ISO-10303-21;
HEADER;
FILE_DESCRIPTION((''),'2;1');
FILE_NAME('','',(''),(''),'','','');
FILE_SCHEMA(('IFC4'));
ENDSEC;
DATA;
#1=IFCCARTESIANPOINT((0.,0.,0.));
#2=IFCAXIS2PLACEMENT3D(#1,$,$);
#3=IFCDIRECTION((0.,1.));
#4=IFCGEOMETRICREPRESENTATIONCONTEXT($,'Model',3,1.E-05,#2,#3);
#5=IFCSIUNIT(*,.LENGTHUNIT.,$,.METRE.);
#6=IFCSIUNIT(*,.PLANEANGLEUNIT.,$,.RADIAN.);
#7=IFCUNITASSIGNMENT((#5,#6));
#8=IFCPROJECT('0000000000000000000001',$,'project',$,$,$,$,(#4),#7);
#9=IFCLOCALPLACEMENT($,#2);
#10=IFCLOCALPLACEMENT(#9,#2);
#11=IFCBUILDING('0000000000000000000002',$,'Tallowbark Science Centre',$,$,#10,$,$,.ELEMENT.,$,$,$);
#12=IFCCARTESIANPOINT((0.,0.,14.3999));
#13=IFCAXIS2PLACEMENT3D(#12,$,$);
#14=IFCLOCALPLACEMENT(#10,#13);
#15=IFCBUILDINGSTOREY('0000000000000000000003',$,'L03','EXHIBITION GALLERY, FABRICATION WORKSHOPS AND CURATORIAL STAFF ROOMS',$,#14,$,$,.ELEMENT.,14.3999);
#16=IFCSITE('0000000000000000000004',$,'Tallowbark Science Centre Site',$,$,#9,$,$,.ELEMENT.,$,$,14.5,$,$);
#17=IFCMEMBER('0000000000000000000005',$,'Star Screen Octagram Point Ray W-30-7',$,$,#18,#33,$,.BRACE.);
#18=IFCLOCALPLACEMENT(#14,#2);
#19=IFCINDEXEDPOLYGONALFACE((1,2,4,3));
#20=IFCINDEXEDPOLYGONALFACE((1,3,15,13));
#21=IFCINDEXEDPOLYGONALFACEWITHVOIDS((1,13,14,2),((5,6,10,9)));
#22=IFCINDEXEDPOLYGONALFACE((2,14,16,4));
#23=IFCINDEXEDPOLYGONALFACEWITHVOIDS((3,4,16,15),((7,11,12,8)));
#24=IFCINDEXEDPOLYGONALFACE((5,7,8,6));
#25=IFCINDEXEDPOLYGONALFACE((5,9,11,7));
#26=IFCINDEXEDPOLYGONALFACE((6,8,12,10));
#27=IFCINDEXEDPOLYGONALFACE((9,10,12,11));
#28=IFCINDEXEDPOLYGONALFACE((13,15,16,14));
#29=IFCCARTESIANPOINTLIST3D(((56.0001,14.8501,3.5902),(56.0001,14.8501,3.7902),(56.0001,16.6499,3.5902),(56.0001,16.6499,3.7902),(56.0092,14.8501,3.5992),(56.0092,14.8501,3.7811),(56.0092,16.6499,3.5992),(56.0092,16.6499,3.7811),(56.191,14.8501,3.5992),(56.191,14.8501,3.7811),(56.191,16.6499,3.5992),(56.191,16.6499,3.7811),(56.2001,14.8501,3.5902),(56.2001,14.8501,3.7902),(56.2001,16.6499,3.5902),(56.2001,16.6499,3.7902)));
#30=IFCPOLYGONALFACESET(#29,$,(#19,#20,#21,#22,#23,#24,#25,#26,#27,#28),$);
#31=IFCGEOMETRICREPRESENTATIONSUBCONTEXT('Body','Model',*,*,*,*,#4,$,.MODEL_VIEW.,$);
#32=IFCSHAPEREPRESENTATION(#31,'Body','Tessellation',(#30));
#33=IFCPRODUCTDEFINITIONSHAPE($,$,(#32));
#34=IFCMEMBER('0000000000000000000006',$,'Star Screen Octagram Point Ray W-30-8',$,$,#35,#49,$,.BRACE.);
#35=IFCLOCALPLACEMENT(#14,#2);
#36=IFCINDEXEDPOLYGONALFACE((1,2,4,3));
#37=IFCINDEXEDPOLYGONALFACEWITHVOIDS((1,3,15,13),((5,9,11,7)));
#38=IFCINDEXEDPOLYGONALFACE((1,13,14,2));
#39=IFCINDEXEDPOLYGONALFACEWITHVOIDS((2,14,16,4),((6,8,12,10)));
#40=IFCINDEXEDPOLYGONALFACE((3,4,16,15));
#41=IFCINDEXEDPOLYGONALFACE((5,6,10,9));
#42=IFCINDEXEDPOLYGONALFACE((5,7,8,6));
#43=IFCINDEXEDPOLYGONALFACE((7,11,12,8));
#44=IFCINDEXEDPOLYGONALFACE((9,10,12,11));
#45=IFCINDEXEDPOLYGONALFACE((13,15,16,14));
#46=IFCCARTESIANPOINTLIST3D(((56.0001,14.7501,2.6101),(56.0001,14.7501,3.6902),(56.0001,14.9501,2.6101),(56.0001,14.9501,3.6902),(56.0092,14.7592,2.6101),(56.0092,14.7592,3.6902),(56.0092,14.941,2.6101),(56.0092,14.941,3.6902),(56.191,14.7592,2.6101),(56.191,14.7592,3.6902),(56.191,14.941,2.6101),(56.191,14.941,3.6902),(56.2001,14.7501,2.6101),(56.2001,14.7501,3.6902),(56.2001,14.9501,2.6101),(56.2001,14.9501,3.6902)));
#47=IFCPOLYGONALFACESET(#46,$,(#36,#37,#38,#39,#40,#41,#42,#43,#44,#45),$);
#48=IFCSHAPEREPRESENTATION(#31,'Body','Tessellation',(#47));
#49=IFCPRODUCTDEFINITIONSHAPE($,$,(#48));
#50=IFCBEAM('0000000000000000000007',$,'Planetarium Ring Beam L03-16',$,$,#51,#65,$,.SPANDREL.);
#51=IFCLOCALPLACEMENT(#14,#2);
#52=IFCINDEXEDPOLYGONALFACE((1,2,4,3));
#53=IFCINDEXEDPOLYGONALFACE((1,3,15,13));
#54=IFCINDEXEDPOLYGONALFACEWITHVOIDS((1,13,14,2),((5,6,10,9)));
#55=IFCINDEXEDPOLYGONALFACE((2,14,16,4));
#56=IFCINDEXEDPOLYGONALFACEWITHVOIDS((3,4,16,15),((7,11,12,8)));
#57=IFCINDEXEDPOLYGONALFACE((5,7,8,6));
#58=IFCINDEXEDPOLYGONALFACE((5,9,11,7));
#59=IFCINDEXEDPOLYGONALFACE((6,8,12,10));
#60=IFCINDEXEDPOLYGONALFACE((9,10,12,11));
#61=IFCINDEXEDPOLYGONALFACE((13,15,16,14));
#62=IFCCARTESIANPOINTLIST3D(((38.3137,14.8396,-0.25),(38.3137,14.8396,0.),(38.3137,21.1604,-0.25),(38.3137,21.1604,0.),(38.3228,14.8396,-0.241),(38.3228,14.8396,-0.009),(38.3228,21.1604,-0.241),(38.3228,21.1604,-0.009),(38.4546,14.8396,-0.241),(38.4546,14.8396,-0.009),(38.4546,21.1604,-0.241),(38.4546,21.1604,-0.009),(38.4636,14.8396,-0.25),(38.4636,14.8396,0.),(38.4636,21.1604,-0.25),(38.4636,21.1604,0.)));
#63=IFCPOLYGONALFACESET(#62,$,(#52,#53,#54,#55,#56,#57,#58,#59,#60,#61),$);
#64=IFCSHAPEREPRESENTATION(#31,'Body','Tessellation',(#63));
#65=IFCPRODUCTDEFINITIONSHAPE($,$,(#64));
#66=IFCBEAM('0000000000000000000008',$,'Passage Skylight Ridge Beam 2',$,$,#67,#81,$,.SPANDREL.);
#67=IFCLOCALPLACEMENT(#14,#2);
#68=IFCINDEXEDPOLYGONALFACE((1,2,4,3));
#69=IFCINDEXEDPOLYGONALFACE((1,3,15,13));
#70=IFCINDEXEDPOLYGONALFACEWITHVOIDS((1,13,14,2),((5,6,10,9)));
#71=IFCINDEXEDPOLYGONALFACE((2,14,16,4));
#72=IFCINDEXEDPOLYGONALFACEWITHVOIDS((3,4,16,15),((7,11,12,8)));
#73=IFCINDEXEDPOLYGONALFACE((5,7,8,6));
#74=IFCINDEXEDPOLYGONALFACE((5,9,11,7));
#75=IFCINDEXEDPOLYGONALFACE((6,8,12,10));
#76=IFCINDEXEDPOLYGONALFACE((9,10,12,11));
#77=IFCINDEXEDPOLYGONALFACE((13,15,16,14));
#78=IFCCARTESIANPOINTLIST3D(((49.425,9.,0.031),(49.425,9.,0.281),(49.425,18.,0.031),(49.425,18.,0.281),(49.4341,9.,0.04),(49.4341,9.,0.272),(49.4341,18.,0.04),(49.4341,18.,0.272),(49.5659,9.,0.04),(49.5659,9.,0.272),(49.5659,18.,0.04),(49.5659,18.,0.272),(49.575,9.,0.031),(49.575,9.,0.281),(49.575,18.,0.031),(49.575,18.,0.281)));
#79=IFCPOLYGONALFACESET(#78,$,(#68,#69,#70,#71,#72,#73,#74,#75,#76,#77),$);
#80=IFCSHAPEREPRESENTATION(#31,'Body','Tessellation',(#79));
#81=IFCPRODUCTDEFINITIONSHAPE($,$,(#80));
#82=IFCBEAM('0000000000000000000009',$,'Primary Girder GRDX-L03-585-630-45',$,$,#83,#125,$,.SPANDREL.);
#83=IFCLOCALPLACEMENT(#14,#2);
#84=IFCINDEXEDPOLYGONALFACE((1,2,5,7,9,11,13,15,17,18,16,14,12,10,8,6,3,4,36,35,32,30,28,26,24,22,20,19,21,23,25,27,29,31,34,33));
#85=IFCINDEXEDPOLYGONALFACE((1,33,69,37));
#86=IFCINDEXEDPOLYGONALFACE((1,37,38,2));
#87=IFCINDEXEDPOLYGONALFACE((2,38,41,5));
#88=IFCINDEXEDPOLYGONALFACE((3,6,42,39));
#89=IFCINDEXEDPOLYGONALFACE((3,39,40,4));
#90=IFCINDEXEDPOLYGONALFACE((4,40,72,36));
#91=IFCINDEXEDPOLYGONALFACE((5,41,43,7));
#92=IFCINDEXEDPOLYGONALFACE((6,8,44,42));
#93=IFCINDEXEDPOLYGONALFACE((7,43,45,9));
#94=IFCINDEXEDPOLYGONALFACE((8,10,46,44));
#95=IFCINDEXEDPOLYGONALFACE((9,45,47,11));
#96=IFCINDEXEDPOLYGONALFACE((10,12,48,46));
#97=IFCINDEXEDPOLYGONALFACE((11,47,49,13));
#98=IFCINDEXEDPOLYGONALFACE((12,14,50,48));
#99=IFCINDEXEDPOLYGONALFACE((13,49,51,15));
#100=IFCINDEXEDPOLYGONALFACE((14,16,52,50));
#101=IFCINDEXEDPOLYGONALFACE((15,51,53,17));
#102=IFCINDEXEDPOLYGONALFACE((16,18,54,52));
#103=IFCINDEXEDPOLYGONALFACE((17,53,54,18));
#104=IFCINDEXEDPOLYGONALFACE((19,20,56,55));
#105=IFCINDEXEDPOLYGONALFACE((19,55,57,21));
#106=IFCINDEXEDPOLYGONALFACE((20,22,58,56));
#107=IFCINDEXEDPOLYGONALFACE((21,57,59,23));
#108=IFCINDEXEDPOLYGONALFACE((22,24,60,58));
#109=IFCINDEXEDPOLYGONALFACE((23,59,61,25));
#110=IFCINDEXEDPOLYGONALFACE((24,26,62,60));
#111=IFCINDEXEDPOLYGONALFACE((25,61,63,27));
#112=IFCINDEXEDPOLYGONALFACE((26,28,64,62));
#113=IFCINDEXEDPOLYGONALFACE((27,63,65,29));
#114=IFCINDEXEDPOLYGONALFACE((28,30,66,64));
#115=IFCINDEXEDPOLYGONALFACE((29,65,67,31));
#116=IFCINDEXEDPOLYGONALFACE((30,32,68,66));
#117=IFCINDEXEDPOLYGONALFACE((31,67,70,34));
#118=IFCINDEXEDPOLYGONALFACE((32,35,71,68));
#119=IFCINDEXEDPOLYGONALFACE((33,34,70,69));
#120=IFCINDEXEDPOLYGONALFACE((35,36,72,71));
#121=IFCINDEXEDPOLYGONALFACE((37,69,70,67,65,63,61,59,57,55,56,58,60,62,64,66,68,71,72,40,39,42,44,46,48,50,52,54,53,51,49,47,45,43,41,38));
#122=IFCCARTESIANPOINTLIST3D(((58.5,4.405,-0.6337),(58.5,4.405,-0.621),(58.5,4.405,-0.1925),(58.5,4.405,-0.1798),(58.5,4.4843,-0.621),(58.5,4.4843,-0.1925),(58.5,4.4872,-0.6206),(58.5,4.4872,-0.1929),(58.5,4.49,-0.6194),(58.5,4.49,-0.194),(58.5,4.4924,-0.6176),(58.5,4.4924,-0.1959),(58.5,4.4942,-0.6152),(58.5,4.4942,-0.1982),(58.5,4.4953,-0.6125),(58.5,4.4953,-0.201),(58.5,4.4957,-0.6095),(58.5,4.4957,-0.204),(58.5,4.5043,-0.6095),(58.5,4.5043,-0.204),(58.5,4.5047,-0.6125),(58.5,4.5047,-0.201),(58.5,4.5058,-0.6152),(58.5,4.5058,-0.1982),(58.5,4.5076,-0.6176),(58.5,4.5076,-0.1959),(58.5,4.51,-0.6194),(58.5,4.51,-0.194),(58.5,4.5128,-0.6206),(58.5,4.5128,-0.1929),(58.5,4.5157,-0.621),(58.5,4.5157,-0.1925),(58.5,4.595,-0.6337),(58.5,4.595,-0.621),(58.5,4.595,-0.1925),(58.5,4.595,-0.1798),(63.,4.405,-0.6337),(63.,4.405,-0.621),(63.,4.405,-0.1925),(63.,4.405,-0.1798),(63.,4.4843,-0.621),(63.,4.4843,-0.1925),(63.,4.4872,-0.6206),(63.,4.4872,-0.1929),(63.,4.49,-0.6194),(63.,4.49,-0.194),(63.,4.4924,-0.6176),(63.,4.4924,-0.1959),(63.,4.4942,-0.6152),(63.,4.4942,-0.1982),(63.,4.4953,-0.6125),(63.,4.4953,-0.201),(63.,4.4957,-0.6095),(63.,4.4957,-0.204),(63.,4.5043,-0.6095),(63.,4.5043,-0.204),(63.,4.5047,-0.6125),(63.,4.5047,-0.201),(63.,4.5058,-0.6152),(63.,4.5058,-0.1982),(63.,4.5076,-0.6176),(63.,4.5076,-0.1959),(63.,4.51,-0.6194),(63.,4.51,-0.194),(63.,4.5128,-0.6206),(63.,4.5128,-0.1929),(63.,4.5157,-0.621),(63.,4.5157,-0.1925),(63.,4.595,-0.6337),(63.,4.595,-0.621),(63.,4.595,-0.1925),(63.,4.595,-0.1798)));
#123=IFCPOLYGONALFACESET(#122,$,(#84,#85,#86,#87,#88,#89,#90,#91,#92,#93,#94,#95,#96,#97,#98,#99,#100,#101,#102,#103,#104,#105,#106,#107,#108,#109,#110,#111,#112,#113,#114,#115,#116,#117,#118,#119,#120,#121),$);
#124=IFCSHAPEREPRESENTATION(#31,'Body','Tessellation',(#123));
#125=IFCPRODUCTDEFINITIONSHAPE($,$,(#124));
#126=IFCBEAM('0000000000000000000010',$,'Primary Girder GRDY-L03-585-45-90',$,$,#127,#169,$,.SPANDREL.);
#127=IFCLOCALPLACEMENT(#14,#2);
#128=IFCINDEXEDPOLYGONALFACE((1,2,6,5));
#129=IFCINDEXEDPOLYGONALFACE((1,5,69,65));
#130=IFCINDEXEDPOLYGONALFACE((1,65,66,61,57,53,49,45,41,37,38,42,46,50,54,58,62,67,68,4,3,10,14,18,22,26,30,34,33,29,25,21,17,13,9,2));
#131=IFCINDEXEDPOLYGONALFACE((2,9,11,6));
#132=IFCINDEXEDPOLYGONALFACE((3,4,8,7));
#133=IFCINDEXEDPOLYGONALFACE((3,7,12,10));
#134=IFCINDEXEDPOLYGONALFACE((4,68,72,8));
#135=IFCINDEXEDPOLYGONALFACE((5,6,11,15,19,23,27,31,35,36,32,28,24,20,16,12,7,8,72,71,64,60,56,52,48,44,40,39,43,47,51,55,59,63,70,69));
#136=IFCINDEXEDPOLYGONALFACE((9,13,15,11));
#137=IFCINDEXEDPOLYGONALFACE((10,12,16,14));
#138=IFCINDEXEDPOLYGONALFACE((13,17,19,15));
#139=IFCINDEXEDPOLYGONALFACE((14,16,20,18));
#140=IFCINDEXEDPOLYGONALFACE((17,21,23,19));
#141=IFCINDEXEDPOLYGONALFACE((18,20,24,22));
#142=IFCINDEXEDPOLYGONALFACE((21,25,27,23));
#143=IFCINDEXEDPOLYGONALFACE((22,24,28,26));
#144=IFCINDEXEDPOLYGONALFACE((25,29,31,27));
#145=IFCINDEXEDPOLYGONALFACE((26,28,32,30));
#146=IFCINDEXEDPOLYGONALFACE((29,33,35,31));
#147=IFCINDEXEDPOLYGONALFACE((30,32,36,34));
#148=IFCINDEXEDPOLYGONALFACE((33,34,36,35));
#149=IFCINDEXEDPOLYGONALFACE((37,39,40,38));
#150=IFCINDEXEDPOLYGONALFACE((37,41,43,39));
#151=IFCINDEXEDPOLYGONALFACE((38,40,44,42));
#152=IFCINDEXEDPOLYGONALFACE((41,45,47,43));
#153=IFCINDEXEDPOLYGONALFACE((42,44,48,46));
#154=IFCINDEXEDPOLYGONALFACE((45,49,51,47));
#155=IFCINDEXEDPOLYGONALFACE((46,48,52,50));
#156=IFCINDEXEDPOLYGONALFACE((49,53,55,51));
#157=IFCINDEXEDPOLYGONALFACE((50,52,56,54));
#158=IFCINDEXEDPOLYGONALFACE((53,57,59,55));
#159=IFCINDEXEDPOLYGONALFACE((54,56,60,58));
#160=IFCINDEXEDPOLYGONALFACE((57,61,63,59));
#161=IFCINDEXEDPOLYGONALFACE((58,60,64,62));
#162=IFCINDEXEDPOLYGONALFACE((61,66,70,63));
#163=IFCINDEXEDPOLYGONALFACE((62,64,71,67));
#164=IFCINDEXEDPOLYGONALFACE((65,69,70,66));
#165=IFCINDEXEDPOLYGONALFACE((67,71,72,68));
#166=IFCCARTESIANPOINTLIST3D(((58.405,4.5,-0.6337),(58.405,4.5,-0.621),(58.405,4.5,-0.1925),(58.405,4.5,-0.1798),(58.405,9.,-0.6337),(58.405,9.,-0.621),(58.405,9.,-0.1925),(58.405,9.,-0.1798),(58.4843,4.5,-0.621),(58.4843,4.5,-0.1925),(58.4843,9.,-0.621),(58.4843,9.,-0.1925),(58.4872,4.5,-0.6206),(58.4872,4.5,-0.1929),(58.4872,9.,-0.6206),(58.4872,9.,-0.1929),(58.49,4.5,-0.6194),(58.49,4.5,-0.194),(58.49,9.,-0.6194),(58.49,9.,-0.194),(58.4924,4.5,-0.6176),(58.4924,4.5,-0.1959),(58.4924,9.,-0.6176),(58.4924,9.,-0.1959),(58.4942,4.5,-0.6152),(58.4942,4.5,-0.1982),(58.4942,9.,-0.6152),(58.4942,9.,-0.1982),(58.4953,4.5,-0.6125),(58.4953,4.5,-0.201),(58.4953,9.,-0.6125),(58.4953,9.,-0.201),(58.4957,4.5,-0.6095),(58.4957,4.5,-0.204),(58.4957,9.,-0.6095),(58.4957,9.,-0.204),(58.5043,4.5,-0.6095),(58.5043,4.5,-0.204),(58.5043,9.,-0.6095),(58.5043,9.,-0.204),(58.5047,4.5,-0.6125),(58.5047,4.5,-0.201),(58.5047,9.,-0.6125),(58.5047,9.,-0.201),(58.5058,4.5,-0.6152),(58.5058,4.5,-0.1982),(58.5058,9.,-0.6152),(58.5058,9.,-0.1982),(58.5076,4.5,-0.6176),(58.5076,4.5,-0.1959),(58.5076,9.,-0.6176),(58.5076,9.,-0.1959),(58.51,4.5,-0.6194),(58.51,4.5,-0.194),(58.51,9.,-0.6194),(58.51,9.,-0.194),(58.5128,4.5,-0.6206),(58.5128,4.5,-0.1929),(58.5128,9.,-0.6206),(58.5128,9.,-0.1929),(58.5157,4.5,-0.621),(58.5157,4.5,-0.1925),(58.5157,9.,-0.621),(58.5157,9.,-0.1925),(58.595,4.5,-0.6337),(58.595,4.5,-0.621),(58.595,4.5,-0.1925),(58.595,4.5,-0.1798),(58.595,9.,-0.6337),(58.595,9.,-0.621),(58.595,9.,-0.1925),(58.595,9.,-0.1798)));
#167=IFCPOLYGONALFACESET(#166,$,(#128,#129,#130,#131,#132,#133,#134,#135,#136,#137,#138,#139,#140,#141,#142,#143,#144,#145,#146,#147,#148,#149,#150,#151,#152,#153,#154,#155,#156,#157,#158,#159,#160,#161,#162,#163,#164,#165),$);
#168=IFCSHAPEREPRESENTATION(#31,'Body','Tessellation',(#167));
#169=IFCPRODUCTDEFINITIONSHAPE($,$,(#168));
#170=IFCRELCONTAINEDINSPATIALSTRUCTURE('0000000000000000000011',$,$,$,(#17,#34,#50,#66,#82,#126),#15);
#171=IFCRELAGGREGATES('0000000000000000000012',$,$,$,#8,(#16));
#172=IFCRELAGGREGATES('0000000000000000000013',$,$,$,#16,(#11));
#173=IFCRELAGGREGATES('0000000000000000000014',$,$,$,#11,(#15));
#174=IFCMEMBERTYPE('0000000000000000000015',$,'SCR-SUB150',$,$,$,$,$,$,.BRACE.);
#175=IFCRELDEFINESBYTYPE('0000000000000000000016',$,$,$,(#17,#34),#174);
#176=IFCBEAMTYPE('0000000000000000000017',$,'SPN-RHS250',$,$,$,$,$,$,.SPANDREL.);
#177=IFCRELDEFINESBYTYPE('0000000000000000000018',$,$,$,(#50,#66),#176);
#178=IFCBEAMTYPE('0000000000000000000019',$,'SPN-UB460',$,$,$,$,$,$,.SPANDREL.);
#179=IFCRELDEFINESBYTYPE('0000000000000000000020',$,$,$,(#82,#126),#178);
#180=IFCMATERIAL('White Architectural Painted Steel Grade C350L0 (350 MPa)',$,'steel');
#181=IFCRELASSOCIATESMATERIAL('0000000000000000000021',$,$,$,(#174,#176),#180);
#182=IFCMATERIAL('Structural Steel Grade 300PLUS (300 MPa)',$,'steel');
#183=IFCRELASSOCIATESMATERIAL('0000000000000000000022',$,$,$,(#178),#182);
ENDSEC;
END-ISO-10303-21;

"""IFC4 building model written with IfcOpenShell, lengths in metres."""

from ifc_helpers import new_model, si_unit, direction, frame, origin, origin_2d, place, context, subcontext, project, spatial, hollow_rectangle, i_section, extrude, material, material_profile, profile_set, type_object, element, save


model = new_model("IFC4")

# Units and contexts
model_context = context("Model", 3, precision=1e-05, world=origin(), true_north=direction((0.0, 1.0)))
body_context = subcontext(model_context, "Body", "Model", "MODEL_VIEW")
ifc_project = project(units=[si_unit("LENGTHUNIT", "METRE"), si_unit("PLANEANGLEUNIT", "RADIAN")], contexts=[model_context])

# Site, building, storey
site_placement = place(None, origin())
site = spatial("IfcSite", under=ifc_project, at=site_placement, Name="Tallowbark Science Centre Site", CompositionType="ELEMENT", RefElevation=14.5)
building_placement = place(site_placement, origin())
building = spatial("IfcBuilding", under=site, at=building_placement, Name="Tallowbark Science Centre", CompositionType="ELEMENT")
storey_placement = place(building_placement, frame((0.0, 0.0, 14.3999)))
storey = spatial("IfcBuildingStorey", under=building, at=storey_placement, Name="L03", Description="EXHIBITION GALLERY, FABRICATION WORKSHOPS AND CURATORIAL STAFF ROOMS", CompositionType="ELEMENT", Elevation=14.3999)

# Shared definitions
ifc_material_1 = material(Name="White Architectural Painted Steel Grade C350L0 (350 MPa)", Category="steel")
ifc_material_2 = material(Name="Structural Steel Grade 300PLUS (300 MPa)", Category="steel")

# Members
ifc_material_profile_1 = material_profile(ifc_material_1, hollow_rectangle(XDim=0.2, YDim=0.2, WallThickness=0.009, at=origin_2d()), Name="200x200x9.0SHS")
ifc_profile_set_1 = profile_set([ifc_material_profile_1], Name="White Architectural Painted Steel Grade C350L0 (350 MPa)")
member_type_1 = type_object("IfcMemberType", Name="SCR-SUB150", PredefinedType="BRACE", material=ifc_profile_set_1)
member_1_placement = place(storey_placement, frame((56.1001, 14.8501, 3.6902), z_axis=(0.0, 1.0, 0.0), x_axis=(-1.0, 0.0, 0.0)))
element("IfcMember", 1, at=member_1_placement, inside=storey, type_object=member_type_1, Name="Star Screen Octagram Point Ray W-30-7", PredefinedType="BRACE", context=body_context, shape_type="SweptSolid", body=[
    extrude(hollow_rectangle(XDim=0.2, YDim=0.2, WallThickness=0.009, at=origin_2d()), origin(), (0.0, 0.0, 1.0), 1.7998),
])
member_2_placement = place(storey_placement, frame((56.1001, 14.8501, 3.6902), z_axis=(0.0, 0.0, -1.0), x_axis=(1.0, 0.0, 0.0)))
element("IfcMember", 2, at=member_2_placement, inside=storey, type_object=member_type_1, Name="Star Screen Octagram Point Ray W-30-8", PredefinedType="BRACE", context=body_context, shape_type="SweptSolid", body=[
    extrude(hollow_rectangle(XDim=0.2, YDim=0.2, WallThickness=0.009, at=origin_2d()), origin(), (0.0, 0.0, 1.0), 1.0801),
])

# Beams
ifc_material_profile_2 = material_profile(ifc_material_1, hollow_rectangle(XDim=0.1499, YDim=0.25, WallThickness=0.009, at=origin_2d()), Name="250x150x9.0RHS")
ifc_profile_set_2 = profile_set([ifc_material_profile_2], Name="White Architectural Painted Steel Grade C350L0 (350 MPa)")
beam_type_1 = type_object("IfcBeamType", Name="SPN-RHS250", PredefinedType="SPANDREL", material=ifc_profile_set_2)
beam_1_placement = place(storey_placement, frame((38.3887, 14.8396, -0.125), z_axis=(0.0, 1.0, 0.0), x_axis=(-1.0, 0.0, 0.0)))
element("IfcBeam", 3, at=beam_1_placement, inside=storey, type_object=beam_type_1, Name="Planetarium Ring Beam L03-16", PredefinedType="SPANDREL", context=body_context, shape_type="SweptSolid", body=[
    extrude(hollow_rectangle(XDim=0.1499, YDim=0.25, WallThickness=0.009, at=origin_2d()), origin(), (0.0, 0.0, 1.0), 6.3208),
])
beam_2_placement = place(storey_placement, frame((49.5, 9.0, 0.156), z_axis=(0.0, 1.0, 0.0), x_axis=(-1.0, 0.0, 0.0)))
element("IfcBeam", 4, at=beam_2_placement, inside=storey, type_object=beam_type_1, Name="Passage Skylight Ridge Beam 2", PredefinedType="SPANDREL", context=body_context, shape_type="SweptSolid", body=[
    extrude(hollow_rectangle(XDim=0.1499, YDim=0.25, WallThickness=0.009, at=origin_2d()), origin(), (0.0, 0.0, 1.0), 9.0),
])
ifc_material_profile_3 = material_profile(ifc_material_2, i_section(OverallWidth=0.1899, OverallDepth=0.4539, WebThickness=0.0085, FlangeThickness=0.0127, FilletRadius=0.0115, at=origin_2d()), Name="460UB67.1")
ifc_profile_set_3 = profile_set([ifc_material_profile_3], Name="Structural Steel Grade 300PLUS (300 MPa)")
beam_type_2 = type_object("IfcBeamType", Name="SPN-UB460", PredefinedType="SPANDREL", material=ifc_profile_set_3)
for number, where, z_axis, x_axis, name in (
    (5, (58.5, 4.5, -0.4067), (1.0, 0.0, 0.0), (0.0, 1.0, 0.0), "Primary Girder GRDX-L03-585-630-45"),
    (6, (58.5, 4.5, -0.4067), (0.0, 1.0, 0.0), (-1.0, 0.0, 0.0), "Primary Girder GRDY-L03-585-45-90"),
):
    element("IfcBeam", number, at=place(storey_placement, frame(where, z_axis=z_axis, x_axis=x_axis)), inside=storey, type_object=beam_type_2, Name=name, PredefinedType="SPANDREL", context=body_context, shape_type="SweptSolid", body=[
        extrude(i_section(OverallWidth=0.1899, OverallDepth=0.4539, WebThickness=0.0085, FlangeThickness=0.0127, FilletRadius=0.0115, at=origin_2d()), origin(), (0.0, 0.0, 1.0), 4.5),
    ])

save(model, "model.ifc")
